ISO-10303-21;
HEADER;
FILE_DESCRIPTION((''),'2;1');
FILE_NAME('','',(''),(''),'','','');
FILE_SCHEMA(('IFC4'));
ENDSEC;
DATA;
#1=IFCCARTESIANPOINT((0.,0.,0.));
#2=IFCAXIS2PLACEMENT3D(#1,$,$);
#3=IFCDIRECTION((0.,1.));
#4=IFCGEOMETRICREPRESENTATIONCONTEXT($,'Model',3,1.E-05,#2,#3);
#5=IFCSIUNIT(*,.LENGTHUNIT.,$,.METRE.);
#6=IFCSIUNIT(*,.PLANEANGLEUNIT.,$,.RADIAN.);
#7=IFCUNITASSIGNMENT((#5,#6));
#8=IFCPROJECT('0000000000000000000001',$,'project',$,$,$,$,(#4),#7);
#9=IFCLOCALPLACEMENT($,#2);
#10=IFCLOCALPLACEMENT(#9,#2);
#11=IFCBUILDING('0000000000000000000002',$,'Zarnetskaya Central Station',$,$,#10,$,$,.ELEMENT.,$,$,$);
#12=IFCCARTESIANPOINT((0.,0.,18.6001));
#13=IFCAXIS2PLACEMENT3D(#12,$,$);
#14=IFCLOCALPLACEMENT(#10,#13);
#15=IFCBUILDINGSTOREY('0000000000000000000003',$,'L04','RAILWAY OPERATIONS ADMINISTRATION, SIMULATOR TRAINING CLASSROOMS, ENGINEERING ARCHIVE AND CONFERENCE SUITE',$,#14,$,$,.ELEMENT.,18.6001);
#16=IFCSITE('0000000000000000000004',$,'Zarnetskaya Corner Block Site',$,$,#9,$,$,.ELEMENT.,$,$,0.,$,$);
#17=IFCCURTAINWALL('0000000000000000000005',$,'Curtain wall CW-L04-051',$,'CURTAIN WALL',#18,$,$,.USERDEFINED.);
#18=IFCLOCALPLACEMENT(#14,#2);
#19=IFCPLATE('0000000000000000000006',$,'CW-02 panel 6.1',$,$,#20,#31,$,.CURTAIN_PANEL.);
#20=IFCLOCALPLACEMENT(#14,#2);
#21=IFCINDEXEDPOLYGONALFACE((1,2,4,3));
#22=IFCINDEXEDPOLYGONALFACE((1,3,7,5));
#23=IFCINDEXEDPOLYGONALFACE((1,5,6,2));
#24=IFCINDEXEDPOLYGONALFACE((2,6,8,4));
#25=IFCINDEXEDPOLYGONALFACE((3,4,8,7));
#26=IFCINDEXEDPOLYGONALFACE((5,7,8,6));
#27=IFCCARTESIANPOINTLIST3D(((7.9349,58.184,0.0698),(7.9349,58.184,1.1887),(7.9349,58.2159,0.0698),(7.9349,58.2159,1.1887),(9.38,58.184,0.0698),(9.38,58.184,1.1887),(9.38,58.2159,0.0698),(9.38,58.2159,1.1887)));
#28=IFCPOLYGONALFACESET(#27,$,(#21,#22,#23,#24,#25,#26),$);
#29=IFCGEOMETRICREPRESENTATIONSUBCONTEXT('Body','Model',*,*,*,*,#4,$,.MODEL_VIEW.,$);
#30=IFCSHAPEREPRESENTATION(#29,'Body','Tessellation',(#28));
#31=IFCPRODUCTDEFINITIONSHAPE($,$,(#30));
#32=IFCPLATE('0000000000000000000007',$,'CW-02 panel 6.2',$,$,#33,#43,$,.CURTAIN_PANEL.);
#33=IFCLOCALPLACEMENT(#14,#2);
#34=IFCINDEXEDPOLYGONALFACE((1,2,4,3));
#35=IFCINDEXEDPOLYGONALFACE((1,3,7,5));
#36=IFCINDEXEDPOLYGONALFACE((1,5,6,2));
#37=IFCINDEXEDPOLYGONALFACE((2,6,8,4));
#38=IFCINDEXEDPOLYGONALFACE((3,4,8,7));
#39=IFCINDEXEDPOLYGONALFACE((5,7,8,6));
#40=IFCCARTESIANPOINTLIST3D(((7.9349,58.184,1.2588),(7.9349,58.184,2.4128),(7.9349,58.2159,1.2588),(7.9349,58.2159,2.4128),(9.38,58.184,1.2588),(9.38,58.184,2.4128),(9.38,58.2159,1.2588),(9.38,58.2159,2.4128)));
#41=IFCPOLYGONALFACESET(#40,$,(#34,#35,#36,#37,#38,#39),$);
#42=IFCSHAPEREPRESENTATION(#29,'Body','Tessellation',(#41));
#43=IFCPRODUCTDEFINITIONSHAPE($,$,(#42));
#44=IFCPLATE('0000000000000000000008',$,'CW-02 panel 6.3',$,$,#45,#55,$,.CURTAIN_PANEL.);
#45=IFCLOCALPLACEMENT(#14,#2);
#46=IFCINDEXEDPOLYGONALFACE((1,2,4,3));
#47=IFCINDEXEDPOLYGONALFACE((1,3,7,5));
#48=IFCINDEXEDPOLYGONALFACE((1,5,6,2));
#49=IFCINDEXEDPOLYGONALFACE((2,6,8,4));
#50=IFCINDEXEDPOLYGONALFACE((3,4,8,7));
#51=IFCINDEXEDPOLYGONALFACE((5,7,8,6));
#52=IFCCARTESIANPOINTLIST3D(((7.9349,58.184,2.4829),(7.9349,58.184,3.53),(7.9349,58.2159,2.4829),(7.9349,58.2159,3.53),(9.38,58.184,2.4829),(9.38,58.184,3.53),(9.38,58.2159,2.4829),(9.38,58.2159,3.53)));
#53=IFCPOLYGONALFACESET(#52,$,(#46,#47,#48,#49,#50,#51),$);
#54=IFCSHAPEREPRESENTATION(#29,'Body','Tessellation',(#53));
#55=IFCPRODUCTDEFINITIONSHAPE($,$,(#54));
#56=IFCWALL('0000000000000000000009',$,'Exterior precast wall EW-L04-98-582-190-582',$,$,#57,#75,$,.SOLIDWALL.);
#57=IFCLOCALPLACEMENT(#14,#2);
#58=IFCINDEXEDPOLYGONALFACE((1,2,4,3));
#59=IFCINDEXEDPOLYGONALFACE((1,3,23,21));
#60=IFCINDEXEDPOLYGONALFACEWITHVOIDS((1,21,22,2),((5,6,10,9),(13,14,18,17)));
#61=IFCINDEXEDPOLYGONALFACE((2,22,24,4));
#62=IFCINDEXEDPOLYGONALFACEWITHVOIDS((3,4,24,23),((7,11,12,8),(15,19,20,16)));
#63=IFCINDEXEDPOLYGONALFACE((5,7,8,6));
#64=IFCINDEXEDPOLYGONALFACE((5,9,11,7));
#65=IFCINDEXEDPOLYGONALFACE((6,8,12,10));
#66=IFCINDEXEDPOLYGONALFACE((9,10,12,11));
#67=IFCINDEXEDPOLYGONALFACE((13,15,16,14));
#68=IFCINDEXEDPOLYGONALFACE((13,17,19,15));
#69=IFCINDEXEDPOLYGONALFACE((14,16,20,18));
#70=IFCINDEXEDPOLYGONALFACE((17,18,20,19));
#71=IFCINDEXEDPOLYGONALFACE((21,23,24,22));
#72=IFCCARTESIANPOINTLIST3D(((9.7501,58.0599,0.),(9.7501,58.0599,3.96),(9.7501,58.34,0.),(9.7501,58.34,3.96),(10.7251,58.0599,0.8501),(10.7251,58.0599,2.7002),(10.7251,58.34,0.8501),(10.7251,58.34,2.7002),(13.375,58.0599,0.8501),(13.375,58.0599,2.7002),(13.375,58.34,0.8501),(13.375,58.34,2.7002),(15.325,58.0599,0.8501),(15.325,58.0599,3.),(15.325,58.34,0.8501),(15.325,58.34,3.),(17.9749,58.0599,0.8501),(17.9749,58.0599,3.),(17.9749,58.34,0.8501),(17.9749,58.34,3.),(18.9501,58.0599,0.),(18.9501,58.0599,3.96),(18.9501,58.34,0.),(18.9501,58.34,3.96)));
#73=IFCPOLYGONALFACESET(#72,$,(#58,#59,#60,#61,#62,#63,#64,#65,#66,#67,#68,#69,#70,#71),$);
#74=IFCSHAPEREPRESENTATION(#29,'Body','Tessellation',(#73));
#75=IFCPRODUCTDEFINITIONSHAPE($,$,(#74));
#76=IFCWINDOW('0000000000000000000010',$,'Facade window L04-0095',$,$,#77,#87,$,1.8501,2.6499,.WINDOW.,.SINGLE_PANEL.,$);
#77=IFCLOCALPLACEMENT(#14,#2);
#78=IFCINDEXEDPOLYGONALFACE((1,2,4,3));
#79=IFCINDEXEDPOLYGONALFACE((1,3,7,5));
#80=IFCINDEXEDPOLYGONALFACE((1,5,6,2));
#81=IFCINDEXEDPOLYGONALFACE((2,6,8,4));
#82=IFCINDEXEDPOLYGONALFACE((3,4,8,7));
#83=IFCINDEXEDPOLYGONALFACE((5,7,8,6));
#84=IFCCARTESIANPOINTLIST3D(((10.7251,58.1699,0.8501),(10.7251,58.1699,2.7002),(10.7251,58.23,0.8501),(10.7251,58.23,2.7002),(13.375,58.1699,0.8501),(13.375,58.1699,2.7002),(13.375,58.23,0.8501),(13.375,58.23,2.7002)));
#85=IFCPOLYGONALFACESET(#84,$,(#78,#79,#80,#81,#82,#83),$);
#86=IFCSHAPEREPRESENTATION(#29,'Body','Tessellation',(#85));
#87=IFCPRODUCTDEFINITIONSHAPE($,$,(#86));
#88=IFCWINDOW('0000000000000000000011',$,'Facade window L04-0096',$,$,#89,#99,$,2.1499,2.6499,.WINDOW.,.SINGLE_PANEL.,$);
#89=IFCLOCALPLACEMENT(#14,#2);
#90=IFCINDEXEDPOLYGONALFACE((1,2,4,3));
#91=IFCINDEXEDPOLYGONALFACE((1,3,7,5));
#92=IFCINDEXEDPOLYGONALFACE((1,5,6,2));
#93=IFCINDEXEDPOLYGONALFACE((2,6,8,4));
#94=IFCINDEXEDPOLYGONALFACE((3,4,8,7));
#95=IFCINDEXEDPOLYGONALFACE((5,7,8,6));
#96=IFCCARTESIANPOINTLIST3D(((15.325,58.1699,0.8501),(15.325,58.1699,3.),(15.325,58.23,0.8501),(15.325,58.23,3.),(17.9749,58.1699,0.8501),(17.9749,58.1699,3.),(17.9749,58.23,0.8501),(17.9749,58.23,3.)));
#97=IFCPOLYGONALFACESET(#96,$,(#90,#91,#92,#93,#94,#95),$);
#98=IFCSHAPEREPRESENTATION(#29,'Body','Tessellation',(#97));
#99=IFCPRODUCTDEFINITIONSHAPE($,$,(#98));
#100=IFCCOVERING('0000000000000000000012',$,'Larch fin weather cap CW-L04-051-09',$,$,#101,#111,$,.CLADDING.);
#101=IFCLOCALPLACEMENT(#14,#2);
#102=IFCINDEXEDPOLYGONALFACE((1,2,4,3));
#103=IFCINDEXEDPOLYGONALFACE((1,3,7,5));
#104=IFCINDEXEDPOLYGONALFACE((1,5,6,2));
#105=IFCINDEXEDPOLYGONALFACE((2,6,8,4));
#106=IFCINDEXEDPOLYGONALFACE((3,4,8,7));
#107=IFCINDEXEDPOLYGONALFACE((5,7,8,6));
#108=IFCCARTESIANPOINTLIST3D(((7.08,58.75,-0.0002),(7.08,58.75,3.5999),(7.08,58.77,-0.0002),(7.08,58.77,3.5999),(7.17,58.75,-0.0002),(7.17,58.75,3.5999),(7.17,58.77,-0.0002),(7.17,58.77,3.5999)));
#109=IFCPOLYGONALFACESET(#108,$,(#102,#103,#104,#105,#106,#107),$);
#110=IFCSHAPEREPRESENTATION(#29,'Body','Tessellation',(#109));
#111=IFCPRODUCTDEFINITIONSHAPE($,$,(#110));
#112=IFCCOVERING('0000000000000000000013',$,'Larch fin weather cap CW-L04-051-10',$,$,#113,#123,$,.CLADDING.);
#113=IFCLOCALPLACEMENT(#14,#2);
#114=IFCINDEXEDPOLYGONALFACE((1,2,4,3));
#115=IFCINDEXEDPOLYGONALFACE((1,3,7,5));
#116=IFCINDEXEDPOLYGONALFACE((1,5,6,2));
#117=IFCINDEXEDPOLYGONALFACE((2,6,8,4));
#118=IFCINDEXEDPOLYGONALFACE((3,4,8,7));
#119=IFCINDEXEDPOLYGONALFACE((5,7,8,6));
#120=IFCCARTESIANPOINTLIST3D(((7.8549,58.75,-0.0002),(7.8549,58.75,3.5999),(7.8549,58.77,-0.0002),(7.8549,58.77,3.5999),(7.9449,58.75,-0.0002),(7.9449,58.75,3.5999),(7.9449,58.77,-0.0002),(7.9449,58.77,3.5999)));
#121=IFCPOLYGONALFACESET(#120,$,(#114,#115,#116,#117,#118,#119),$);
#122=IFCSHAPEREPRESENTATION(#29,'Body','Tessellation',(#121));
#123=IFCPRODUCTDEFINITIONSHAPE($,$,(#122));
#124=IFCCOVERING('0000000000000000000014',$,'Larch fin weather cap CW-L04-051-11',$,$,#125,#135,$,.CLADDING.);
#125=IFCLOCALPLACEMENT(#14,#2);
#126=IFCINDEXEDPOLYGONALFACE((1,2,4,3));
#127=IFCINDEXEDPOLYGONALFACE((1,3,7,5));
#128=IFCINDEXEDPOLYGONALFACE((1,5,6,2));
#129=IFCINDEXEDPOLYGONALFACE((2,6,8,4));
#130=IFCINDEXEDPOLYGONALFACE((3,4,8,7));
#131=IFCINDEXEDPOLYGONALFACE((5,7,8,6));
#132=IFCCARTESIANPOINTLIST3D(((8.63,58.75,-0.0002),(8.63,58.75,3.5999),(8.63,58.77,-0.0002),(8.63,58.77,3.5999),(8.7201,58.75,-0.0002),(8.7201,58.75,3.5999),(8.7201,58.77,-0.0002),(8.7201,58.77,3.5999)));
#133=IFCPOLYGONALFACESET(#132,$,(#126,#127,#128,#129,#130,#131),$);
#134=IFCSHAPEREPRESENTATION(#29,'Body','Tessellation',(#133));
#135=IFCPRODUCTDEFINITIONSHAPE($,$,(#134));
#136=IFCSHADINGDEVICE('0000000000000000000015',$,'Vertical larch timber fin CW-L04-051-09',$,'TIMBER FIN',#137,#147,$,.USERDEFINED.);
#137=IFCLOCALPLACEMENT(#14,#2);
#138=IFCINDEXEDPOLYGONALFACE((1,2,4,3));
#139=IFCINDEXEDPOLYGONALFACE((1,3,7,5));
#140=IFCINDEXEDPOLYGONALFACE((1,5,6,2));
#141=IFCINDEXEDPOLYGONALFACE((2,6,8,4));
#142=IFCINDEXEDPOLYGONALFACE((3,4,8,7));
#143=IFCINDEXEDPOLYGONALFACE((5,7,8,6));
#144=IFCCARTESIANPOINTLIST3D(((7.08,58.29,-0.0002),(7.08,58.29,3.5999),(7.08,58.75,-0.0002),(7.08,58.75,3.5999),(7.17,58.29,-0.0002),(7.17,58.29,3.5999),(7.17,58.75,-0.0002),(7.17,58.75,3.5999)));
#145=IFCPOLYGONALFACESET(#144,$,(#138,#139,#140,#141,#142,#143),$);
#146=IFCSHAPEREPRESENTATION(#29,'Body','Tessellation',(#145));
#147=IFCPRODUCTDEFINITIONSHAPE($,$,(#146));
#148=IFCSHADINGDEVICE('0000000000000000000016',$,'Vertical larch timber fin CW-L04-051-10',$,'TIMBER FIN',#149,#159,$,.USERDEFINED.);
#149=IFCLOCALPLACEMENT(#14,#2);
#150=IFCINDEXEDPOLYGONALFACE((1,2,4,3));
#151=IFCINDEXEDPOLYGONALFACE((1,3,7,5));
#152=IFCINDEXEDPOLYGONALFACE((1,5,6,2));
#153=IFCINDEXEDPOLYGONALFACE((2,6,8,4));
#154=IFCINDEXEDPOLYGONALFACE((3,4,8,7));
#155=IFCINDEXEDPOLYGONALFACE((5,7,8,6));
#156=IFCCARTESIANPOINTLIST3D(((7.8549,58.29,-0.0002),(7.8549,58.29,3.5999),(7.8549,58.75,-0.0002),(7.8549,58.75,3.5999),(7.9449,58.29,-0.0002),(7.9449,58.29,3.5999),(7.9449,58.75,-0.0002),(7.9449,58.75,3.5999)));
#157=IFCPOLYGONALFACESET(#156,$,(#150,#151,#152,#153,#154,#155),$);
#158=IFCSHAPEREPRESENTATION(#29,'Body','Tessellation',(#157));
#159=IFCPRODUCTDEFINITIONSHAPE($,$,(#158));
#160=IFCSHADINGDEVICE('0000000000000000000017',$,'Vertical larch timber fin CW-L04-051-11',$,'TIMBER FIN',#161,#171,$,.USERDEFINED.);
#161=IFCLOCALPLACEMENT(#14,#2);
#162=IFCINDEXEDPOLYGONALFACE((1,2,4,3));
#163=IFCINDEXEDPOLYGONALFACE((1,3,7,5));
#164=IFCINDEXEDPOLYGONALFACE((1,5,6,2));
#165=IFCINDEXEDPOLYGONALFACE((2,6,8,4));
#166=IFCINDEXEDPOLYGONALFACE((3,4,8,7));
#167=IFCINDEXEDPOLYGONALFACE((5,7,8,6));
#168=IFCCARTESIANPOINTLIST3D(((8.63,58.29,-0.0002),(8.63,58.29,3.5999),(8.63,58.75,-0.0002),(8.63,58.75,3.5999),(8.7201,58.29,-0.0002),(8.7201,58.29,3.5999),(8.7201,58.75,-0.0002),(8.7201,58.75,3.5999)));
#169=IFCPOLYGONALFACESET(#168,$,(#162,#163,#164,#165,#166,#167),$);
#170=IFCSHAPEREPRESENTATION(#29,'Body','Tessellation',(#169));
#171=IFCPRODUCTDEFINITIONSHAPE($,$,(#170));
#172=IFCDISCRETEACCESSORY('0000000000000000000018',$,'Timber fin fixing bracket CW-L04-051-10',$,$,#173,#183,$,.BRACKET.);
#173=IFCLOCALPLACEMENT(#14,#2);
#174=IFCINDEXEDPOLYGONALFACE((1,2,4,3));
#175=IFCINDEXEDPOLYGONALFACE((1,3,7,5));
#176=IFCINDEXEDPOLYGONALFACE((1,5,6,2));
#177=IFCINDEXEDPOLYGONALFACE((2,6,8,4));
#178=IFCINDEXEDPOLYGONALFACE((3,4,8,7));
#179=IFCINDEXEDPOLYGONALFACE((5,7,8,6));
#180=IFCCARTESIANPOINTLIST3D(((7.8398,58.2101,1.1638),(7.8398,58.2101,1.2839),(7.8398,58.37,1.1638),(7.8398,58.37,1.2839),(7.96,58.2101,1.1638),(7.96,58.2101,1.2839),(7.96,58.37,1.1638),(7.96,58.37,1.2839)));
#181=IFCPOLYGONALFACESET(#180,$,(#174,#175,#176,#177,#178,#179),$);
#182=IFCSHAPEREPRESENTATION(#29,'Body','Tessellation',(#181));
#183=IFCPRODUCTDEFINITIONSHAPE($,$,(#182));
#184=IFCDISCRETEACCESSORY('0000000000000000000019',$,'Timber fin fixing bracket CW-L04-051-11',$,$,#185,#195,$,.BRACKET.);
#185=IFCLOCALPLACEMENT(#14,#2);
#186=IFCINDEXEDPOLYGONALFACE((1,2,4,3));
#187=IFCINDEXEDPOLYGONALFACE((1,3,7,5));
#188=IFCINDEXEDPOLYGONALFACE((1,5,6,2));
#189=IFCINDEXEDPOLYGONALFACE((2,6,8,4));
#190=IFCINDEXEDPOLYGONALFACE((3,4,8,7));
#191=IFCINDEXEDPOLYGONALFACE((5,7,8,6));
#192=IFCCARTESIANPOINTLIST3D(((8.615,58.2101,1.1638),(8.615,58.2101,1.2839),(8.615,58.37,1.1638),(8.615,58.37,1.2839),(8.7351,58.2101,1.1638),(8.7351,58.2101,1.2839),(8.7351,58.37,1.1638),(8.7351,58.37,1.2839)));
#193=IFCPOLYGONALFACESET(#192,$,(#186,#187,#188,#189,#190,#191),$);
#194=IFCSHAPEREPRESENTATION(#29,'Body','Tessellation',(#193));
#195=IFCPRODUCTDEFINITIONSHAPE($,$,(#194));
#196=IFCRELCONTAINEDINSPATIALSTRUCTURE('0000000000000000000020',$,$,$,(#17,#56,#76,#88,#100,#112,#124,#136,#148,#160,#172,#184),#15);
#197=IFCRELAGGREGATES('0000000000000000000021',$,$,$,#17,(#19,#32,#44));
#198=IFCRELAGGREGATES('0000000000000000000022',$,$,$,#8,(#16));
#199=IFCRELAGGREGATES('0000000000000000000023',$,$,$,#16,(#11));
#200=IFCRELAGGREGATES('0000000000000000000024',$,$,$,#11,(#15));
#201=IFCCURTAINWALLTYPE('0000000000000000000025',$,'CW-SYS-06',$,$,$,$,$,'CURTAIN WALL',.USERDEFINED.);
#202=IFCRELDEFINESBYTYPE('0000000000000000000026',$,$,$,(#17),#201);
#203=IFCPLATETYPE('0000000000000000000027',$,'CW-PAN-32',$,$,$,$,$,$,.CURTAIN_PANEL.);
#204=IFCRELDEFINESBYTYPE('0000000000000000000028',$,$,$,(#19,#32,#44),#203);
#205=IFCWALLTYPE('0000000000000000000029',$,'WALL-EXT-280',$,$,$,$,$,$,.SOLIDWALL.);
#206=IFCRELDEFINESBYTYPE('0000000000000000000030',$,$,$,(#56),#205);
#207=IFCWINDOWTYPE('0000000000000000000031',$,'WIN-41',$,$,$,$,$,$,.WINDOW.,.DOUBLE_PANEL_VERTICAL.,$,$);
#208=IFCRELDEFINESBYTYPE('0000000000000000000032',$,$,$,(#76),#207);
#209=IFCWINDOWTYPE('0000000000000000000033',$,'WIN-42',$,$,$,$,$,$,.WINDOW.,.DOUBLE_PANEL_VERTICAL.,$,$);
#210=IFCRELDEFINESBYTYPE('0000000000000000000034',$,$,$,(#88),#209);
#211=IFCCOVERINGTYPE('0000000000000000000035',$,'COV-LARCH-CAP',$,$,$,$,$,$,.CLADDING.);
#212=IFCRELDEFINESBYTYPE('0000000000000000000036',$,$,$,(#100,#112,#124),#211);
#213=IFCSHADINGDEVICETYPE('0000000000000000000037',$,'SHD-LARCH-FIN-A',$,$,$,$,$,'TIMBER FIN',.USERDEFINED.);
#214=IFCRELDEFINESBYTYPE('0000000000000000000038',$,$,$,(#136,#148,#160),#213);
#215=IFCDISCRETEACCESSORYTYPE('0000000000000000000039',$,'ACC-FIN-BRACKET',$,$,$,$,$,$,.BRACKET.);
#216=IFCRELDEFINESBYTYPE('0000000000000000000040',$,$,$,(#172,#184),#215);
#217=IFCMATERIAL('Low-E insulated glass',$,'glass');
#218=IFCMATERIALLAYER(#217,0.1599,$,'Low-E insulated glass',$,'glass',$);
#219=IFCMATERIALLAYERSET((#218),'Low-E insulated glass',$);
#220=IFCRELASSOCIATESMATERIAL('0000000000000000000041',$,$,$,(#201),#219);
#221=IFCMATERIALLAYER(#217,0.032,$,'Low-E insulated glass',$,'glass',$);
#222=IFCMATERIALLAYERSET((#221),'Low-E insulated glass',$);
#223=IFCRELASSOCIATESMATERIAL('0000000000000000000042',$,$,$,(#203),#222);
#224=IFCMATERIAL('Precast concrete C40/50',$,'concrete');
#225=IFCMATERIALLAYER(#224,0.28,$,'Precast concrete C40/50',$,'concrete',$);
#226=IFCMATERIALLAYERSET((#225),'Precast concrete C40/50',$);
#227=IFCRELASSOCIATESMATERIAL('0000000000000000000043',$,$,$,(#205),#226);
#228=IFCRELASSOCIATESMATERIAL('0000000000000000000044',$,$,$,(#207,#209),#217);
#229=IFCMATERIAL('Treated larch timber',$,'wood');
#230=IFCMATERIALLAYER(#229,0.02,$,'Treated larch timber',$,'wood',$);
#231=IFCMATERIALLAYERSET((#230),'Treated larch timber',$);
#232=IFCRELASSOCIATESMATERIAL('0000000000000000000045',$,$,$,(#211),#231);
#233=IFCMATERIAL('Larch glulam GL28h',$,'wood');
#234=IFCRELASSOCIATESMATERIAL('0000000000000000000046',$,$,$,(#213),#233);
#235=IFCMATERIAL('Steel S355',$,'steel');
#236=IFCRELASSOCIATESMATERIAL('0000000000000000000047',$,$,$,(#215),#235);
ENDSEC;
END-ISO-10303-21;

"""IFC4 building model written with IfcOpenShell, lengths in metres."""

from ifc_helpers import new_model, si_unit, direction, frame, frame_2d, origin, origin_2d, place, context, subcontext, project, spatial, rectangle, extrude, material, layer, layer_set, type_object, element, fill, aggregate, save


model = new_model("IFC4")

# Units and contexts
model_context = context("Model", 3, precision=1e-05, world=origin(), true_north=direction((0.0, 1.0)))
body_context = subcontext(model_context, "Body", "Model", "MODEL_VIEW")
ifc_project = project(units=[si_unit("LENGTHUNIT", "METRE"), si_unit("PLANEANGLEUNIT", "RADIAN")], contexts=[model_context])

# Site, building, storey
site_placement = place(None, origin())
site = spatial("IfcSite", under=ifc_project, at=site_placement, Name="Zarnetskaya Corner Block Site", CompositionType="ELEMENT", RefElevation=0.0)
building_placement = place(site_placement, origin())
building = spatial("IfcBuilding", under=site, at=building_placement, Name="Zarnetskaya Central Station", CompositionType="ELEMENT")
storey_placement = place(building_placement, frame((0.0, 0.0, 18.6001)))
storey = spatial("IfcBuildingStorey", under=building, at=storey_placement, Name="L04", Description="RAILWAY OPERATIONS ADMINISTRATION, SIMULATOR TRAINING CLASSROOMS, ENGINEERING ARCHIVE AND CONFERENCE SUITE", CompositionType="ELEMENT", Elevation=18.6001)

# Shared definitions
ifc_material_1 = material(Name="Steel S355", Category="steel")

# Curtain wall
ifc_material_2 = material(Name="Low-E insulated glass", Category="glass")
ifc_layer_1 = layer(ifc_material_2, 0.1599, Name="Low-E insulated glass", Category="glass")
ifc_layer_set_1 = layer_set([ifc_layer_1], Name="Low-E insulated glass")
curtain_wall_type = type_object("IfcCurtainWallType", Name="CW-SYS-06", ElementType="CURTAIN WALL", PredefinedType="USERDEFINED", material=ifc_layer_set_1)
curtain_wall_placement = place(storey_placement, origin())
curtain_wall = element("IfcCurtainWall", 1, at=curtain_wall_placement, inside=storey, type_object=curtain_wall_type, Name="Curtain wall CW-L04-051", ObjectType="CURTAIN WALL", PredefinedType="USERDEFINED")

# Plates
ifc_layer_2 = layer(ifc_material_2, 0.032, Name="Low-E insulated glass", Category="glass")
ifc_layer_set_2 = layer_set([ifc_layer_2], Name="Low-E insulated glass")
plate_type = type_object("IfcPlateType", Name="CW-PAN-32", PredefinedType="CURTAIN_PANEL", material=ifc_layer_set_2)
plate_1_placement = place(storey_placement, frame((8.6575, 58.2, 0.0698), z_axis=(0.0, 0.0, 1.0), x_axis=(1.0, 0.0, 0.0)))
plate_1 = element("IfcPlate", 2, at=plate_1_placement, type_object=plate_type, Name="CW-02 panel 6.1", PredefinedType="CURTAIN_PANEL", context=body_context, shape_type="SweptSolid", body=[
    extrude(rectangle(XDim=1.4451, YDim=0.032, at=origin_2d()), origin(), (0.0, 0.0, 1.0), 1.1189),
])
plate_2_placement = place(storey_placement, frame((8.6575, 58.2, 1.2588), z_axis=(0.0, 0.0, 1.0), x_axis=(1.0, 0.0, 0.0)))
plate_2 = element("IfcPlate", 3, at=plate_2_placement, type_object=plate_type, Name="CW-02 panel 6.2", PredefinedType="CURTAIN_PANEL", context=body_context, shape_type="SweptSolid", body=[
    extrude(rectangle(XDim=1.4451, YDim=0.032, at=origin_2d()), origin(), (0.0, 0.0, 1.0), 1.1541),
])
plate_3_placement = place(storey_placement, frame((8.6575, 58.2, 2.4829), z_axis=(0.0, 0.0, 1.0), x_axis=(1.0, 0.0, 0.0)))
plate_3 = element("IfcPlate", 4, at=plate_3_placement, type_object=plate_type, Name="CW-02 panel 6.3", PredefinedType="CURTAIN_PANEL", context=body_context, shape_type="SweptSolid", body=[
    extrude(rectangle(XDim=1.4451, YDim=0.032, at=origin_2d()), origin(), (0.0, 0.0, 1.0), 1.0471),
])
aggregate(curtain_wall, [plate_1, plate_2, plate_3])

# Wall, openings, windows
ifc_material_3 = material(Name="Precast concrete C40/50", Category="concrete")
ifc_layer_3 = layer(ifc_material_3, 0.28, Name="Precast concrete C40/50", Category="concrete")
ifc_layer_set_3 = layer_set([ifc_layer_3], Name="Precast concrete C40/50")
wall_type = type_object("IfcWallType", Name="WALL-EXT-280", PredefinedType="SOLIDWALL", material=ifc_layer_set_3)
wall_placement = place(storey_placement, frame((9.75, 58.2, 0.0), z_axis=(0.0, 0.0, 1.0), x_axis=(1.0, 0.0, 0.0)))
wall = element("IfcWall", 5, at=wall_placement, inside=storey, type_object=wall_type, Name="Exterior precast wall EW-L04-98-582-190-582", PredefinedType="SOLIDWALL", context=body_context, shape_type="SweptSolid", body=[
    extrude(rectangle(XDim=9.2, YDim=0.28, at=frame_2d((4.6001, 0.0))), origin(), (0.0, 0.0, 1.0), 3.96),
])
opening_1_placement = place(wall_placement, frame((0.9751, 0.0, 0.8501)))
opening_1 = element("IfcOpeningElement", 6, at=opening_1_placement, cuts=wall, PredefinedType="OPENING", context=body_context, shape_type="SweptSolid", body=[
    extrude(rectangle(XDim=2.6499, YDim=1.8501, at=frame_2d((1.325, 0.925))), frame((0.0, 0.1499, 0.0), z_axis=(0.0, -1.0, 0.0), x_axis=(1.0, 0.0, 0.0)), (0.0, 0.0, 1.0), 0.3),
])
opening_2_placement = place(wall_placement, frame((5.575, 0.0, 0.8501)))
opening_2 = element("IfcOpeningElement", 7, at=opening_2_placement, cuts=wall, PredefinedType="OPENING", context=body_context, shape_type="SweptSolid", body=[
    extrude(rectangle(XDim=2.6499, YDim=2.1499, at=frame_2d((1.325, 1.075))), frame((0.0, 0.1499, 0.0), z_axis=(0.0, -1.0, 0.0), x_axis=(1.0, 0.0, 0.0)), (0.0, 0.0, 1.0), 0.3),
])
window_type_1 = type_object("IfcWindowType", Name="WIN-41", PartitioningType="DOUBLE_PANEL_VERTICAL", PredefinedType="WINDOW", material=ifc_material_2)
window_1_placement = place(opening_1_placement, origin())
window_1 = element("IfcWindow", 8, at=window_1_placement, inside=storey, type_object=window_type_1, Name="Facade window L04-0095", OverallHeight=1.8501, OverallWidth=2.6499, PartitioningType="SINGLE_PANEL", PredefinedType="WINDOW", context=body_context, shape_type="SweptSolid", body=[
    extrude(rectangle(XDim=2.6499, YDim=1.8501, at=frame_2d((1.325, 0.925))), frame((0.0, 0.03, 0.0), z_axis=(0.0, -1.0, 0.0), x_axis=(1.0, 0.0, 0.0)), (0.0, 0.0, 1.0), 0.0601),
])
fill(opening_1, window_1)
window_type_2 = type_object("IfcWindowType", Name="WIN-42", PartitioningType="DOUBLE_PANEL_VERTICAL", PredefinedType="WINDOW", material=ifc_material_2)
window_2_placement = place(opening_2_placement, origin())
window_2 = element("IfcWindow", 9, at=window_2_placement, inside=storey, type_object=window_type_2, Name="Facade window L04-0096", OverallHeight=2.1499, OverallWidth=2.6499, PartitioningType="SINGLE_PANEL", PredefinedType="WINDOW", context=body_context, shape_type="SweptSolid", body=[
    extrude(rectangle(XDim=2.6499, YDim=2.1499, at=frame_2d((1.325, 1.075))), frame((0.0, 0.03, 0.0), z_axis=(0.0, -1.0, 0.0), x_axis=(1.0, 0.0, 0.0)), (0.0, 0.0, 1.0), 0.0601),
])
fill(opening_2, window_2)

# Coverings
ifc_material_4 = material(Name="Treated larch timber", Category="wood")
ifc_layer_4 = layer(ifc_material_4, 0.02, Name="Treated larch timber", Category="wood")
ifc_layer_set_4 = layer_set([ifc_layer_4], Name="Treated larch timber")
covering_type = type_object("IfcCoveringType", Name="COV-LARCH-CAP", PredefinedType="CLADDING", material=ifc_layer_set_4)
for number, where, z_axis, x_axis, name in (
    (10, (7.125, 58.76, -0.0002), (0.0, 0.0, 1.0), (1.0, 0.0, 0.0), "Larch fin weather cap CW-L04-051-09"),
    (11, (7.8999, 58.76, -0.0002), (0.0, 0.0, 1.0), (1.0, 0.0, 0.0), "Larch fin weather cap CW-L04-051-10"),
    (12, (8.675, 58.76, -0.0002), (0.0, 0.0, 1.0), (1.0, 0.0, 0.0), "Larch fin weather cap CW-L04-051-11"),
):
    element("IfcCovering", number, at=place(storey_placement, frame(where, z_axis=z_axis, x_axis=x_axis)), inside=storey, type_object=covering_type, Name=name, PredefinedType="CLADDING", context=body_context, shape_type="SweptSolid", body=[
        extrude(rectangle(XDim=0.0901, YDim=0.02, at=origin_2d()), origin(), (0.0, 0.0, 1.0), 3.6001),
    ])

# Shading devices
ifc_material_5 = material(Name="Larch glulam GL28h", Category="wood")
shading_device_type = type_object("IfcShadingDeviceType", Name="SHD-LARCH-FIN-A", ElementType="TIMBER FIN", PredefinedType="USERDEFINED", material=ifc_material_5)
for number, where, z_axis, x_axis, name in (
    (13, (7.125, 58.52, -0.0002), (0.0, 0.0, 1.0), (1.0, 0.0, 0.0), "Vertical larch timber fin CW-L04-051-09"),
    (14, (7.8999, 58.52, -0.0002), (0.0, 0.0, 1.0), (1.0, 0.0, 0.0), "Vertical larch timber fin CW-L04-051-10"),
    (15, (8.675, 58.52, -0.0002), (0.0, 0.0, 1.0), (1.0, 0.0, 0.0), "Vertical larch timber fin CW-L04-051-11"),
):
    element("IfcShadingDevice", number, at=place(storey_placement, frame(where, z_axis=z_axis, x_axis=x_axis)), inside=storey, type_object=shading_device_type, Name=name, ObjectType="TIMBER FIN", PredefinedType="USERDEFINED", context=body_context, shape_type="SweptSolid", body=[
        extrude(rectangle(XDim=0.0901, YDim=0.46, at=origin_2d()), origin(), (0.0, 0.0, 1.0), 3.6001),
    ])

# Discrete accessories
discrete_accessory_type = type_object("IfcDiscreteAccessoryType", Name="ACC-FIN-BRACKET", PredefinedType="BRACKET", material=ifc_material_1)
for number, where, z_axis, x_axis, name in (
    (16, (7.8999, 58.29, 1.1638), (0.0, 0.0, 1.0), (1.0, 0.0, 0.0), "Timber fin fixing bracket CW-L04-051-10"),
    (17, (8.675, 58.29, 1.1638), (0.0, 0.0, 1.0), (1.0, 0.0, 0.0), "Timber fin fixing bracket CW-L04-051-11"),
):
    element("IfcDiscreteAccessory", number, at=place(storey_placement, frame(where, z_axis=z_axis, x_axis=x_axis)), inside=storey, type_object=discrete_accessory_type, Name=name, PredefinedType="BRACKET", context=body_context, shape_type="SweptSolid", body=[
        extrude(rectangle(XDim=0.1201, YDim=0.1599, at=origin_2d()), origin(), (0.0, 0.0, 1.0), 0.1201),
    ])

save(model, "model.ifc")
